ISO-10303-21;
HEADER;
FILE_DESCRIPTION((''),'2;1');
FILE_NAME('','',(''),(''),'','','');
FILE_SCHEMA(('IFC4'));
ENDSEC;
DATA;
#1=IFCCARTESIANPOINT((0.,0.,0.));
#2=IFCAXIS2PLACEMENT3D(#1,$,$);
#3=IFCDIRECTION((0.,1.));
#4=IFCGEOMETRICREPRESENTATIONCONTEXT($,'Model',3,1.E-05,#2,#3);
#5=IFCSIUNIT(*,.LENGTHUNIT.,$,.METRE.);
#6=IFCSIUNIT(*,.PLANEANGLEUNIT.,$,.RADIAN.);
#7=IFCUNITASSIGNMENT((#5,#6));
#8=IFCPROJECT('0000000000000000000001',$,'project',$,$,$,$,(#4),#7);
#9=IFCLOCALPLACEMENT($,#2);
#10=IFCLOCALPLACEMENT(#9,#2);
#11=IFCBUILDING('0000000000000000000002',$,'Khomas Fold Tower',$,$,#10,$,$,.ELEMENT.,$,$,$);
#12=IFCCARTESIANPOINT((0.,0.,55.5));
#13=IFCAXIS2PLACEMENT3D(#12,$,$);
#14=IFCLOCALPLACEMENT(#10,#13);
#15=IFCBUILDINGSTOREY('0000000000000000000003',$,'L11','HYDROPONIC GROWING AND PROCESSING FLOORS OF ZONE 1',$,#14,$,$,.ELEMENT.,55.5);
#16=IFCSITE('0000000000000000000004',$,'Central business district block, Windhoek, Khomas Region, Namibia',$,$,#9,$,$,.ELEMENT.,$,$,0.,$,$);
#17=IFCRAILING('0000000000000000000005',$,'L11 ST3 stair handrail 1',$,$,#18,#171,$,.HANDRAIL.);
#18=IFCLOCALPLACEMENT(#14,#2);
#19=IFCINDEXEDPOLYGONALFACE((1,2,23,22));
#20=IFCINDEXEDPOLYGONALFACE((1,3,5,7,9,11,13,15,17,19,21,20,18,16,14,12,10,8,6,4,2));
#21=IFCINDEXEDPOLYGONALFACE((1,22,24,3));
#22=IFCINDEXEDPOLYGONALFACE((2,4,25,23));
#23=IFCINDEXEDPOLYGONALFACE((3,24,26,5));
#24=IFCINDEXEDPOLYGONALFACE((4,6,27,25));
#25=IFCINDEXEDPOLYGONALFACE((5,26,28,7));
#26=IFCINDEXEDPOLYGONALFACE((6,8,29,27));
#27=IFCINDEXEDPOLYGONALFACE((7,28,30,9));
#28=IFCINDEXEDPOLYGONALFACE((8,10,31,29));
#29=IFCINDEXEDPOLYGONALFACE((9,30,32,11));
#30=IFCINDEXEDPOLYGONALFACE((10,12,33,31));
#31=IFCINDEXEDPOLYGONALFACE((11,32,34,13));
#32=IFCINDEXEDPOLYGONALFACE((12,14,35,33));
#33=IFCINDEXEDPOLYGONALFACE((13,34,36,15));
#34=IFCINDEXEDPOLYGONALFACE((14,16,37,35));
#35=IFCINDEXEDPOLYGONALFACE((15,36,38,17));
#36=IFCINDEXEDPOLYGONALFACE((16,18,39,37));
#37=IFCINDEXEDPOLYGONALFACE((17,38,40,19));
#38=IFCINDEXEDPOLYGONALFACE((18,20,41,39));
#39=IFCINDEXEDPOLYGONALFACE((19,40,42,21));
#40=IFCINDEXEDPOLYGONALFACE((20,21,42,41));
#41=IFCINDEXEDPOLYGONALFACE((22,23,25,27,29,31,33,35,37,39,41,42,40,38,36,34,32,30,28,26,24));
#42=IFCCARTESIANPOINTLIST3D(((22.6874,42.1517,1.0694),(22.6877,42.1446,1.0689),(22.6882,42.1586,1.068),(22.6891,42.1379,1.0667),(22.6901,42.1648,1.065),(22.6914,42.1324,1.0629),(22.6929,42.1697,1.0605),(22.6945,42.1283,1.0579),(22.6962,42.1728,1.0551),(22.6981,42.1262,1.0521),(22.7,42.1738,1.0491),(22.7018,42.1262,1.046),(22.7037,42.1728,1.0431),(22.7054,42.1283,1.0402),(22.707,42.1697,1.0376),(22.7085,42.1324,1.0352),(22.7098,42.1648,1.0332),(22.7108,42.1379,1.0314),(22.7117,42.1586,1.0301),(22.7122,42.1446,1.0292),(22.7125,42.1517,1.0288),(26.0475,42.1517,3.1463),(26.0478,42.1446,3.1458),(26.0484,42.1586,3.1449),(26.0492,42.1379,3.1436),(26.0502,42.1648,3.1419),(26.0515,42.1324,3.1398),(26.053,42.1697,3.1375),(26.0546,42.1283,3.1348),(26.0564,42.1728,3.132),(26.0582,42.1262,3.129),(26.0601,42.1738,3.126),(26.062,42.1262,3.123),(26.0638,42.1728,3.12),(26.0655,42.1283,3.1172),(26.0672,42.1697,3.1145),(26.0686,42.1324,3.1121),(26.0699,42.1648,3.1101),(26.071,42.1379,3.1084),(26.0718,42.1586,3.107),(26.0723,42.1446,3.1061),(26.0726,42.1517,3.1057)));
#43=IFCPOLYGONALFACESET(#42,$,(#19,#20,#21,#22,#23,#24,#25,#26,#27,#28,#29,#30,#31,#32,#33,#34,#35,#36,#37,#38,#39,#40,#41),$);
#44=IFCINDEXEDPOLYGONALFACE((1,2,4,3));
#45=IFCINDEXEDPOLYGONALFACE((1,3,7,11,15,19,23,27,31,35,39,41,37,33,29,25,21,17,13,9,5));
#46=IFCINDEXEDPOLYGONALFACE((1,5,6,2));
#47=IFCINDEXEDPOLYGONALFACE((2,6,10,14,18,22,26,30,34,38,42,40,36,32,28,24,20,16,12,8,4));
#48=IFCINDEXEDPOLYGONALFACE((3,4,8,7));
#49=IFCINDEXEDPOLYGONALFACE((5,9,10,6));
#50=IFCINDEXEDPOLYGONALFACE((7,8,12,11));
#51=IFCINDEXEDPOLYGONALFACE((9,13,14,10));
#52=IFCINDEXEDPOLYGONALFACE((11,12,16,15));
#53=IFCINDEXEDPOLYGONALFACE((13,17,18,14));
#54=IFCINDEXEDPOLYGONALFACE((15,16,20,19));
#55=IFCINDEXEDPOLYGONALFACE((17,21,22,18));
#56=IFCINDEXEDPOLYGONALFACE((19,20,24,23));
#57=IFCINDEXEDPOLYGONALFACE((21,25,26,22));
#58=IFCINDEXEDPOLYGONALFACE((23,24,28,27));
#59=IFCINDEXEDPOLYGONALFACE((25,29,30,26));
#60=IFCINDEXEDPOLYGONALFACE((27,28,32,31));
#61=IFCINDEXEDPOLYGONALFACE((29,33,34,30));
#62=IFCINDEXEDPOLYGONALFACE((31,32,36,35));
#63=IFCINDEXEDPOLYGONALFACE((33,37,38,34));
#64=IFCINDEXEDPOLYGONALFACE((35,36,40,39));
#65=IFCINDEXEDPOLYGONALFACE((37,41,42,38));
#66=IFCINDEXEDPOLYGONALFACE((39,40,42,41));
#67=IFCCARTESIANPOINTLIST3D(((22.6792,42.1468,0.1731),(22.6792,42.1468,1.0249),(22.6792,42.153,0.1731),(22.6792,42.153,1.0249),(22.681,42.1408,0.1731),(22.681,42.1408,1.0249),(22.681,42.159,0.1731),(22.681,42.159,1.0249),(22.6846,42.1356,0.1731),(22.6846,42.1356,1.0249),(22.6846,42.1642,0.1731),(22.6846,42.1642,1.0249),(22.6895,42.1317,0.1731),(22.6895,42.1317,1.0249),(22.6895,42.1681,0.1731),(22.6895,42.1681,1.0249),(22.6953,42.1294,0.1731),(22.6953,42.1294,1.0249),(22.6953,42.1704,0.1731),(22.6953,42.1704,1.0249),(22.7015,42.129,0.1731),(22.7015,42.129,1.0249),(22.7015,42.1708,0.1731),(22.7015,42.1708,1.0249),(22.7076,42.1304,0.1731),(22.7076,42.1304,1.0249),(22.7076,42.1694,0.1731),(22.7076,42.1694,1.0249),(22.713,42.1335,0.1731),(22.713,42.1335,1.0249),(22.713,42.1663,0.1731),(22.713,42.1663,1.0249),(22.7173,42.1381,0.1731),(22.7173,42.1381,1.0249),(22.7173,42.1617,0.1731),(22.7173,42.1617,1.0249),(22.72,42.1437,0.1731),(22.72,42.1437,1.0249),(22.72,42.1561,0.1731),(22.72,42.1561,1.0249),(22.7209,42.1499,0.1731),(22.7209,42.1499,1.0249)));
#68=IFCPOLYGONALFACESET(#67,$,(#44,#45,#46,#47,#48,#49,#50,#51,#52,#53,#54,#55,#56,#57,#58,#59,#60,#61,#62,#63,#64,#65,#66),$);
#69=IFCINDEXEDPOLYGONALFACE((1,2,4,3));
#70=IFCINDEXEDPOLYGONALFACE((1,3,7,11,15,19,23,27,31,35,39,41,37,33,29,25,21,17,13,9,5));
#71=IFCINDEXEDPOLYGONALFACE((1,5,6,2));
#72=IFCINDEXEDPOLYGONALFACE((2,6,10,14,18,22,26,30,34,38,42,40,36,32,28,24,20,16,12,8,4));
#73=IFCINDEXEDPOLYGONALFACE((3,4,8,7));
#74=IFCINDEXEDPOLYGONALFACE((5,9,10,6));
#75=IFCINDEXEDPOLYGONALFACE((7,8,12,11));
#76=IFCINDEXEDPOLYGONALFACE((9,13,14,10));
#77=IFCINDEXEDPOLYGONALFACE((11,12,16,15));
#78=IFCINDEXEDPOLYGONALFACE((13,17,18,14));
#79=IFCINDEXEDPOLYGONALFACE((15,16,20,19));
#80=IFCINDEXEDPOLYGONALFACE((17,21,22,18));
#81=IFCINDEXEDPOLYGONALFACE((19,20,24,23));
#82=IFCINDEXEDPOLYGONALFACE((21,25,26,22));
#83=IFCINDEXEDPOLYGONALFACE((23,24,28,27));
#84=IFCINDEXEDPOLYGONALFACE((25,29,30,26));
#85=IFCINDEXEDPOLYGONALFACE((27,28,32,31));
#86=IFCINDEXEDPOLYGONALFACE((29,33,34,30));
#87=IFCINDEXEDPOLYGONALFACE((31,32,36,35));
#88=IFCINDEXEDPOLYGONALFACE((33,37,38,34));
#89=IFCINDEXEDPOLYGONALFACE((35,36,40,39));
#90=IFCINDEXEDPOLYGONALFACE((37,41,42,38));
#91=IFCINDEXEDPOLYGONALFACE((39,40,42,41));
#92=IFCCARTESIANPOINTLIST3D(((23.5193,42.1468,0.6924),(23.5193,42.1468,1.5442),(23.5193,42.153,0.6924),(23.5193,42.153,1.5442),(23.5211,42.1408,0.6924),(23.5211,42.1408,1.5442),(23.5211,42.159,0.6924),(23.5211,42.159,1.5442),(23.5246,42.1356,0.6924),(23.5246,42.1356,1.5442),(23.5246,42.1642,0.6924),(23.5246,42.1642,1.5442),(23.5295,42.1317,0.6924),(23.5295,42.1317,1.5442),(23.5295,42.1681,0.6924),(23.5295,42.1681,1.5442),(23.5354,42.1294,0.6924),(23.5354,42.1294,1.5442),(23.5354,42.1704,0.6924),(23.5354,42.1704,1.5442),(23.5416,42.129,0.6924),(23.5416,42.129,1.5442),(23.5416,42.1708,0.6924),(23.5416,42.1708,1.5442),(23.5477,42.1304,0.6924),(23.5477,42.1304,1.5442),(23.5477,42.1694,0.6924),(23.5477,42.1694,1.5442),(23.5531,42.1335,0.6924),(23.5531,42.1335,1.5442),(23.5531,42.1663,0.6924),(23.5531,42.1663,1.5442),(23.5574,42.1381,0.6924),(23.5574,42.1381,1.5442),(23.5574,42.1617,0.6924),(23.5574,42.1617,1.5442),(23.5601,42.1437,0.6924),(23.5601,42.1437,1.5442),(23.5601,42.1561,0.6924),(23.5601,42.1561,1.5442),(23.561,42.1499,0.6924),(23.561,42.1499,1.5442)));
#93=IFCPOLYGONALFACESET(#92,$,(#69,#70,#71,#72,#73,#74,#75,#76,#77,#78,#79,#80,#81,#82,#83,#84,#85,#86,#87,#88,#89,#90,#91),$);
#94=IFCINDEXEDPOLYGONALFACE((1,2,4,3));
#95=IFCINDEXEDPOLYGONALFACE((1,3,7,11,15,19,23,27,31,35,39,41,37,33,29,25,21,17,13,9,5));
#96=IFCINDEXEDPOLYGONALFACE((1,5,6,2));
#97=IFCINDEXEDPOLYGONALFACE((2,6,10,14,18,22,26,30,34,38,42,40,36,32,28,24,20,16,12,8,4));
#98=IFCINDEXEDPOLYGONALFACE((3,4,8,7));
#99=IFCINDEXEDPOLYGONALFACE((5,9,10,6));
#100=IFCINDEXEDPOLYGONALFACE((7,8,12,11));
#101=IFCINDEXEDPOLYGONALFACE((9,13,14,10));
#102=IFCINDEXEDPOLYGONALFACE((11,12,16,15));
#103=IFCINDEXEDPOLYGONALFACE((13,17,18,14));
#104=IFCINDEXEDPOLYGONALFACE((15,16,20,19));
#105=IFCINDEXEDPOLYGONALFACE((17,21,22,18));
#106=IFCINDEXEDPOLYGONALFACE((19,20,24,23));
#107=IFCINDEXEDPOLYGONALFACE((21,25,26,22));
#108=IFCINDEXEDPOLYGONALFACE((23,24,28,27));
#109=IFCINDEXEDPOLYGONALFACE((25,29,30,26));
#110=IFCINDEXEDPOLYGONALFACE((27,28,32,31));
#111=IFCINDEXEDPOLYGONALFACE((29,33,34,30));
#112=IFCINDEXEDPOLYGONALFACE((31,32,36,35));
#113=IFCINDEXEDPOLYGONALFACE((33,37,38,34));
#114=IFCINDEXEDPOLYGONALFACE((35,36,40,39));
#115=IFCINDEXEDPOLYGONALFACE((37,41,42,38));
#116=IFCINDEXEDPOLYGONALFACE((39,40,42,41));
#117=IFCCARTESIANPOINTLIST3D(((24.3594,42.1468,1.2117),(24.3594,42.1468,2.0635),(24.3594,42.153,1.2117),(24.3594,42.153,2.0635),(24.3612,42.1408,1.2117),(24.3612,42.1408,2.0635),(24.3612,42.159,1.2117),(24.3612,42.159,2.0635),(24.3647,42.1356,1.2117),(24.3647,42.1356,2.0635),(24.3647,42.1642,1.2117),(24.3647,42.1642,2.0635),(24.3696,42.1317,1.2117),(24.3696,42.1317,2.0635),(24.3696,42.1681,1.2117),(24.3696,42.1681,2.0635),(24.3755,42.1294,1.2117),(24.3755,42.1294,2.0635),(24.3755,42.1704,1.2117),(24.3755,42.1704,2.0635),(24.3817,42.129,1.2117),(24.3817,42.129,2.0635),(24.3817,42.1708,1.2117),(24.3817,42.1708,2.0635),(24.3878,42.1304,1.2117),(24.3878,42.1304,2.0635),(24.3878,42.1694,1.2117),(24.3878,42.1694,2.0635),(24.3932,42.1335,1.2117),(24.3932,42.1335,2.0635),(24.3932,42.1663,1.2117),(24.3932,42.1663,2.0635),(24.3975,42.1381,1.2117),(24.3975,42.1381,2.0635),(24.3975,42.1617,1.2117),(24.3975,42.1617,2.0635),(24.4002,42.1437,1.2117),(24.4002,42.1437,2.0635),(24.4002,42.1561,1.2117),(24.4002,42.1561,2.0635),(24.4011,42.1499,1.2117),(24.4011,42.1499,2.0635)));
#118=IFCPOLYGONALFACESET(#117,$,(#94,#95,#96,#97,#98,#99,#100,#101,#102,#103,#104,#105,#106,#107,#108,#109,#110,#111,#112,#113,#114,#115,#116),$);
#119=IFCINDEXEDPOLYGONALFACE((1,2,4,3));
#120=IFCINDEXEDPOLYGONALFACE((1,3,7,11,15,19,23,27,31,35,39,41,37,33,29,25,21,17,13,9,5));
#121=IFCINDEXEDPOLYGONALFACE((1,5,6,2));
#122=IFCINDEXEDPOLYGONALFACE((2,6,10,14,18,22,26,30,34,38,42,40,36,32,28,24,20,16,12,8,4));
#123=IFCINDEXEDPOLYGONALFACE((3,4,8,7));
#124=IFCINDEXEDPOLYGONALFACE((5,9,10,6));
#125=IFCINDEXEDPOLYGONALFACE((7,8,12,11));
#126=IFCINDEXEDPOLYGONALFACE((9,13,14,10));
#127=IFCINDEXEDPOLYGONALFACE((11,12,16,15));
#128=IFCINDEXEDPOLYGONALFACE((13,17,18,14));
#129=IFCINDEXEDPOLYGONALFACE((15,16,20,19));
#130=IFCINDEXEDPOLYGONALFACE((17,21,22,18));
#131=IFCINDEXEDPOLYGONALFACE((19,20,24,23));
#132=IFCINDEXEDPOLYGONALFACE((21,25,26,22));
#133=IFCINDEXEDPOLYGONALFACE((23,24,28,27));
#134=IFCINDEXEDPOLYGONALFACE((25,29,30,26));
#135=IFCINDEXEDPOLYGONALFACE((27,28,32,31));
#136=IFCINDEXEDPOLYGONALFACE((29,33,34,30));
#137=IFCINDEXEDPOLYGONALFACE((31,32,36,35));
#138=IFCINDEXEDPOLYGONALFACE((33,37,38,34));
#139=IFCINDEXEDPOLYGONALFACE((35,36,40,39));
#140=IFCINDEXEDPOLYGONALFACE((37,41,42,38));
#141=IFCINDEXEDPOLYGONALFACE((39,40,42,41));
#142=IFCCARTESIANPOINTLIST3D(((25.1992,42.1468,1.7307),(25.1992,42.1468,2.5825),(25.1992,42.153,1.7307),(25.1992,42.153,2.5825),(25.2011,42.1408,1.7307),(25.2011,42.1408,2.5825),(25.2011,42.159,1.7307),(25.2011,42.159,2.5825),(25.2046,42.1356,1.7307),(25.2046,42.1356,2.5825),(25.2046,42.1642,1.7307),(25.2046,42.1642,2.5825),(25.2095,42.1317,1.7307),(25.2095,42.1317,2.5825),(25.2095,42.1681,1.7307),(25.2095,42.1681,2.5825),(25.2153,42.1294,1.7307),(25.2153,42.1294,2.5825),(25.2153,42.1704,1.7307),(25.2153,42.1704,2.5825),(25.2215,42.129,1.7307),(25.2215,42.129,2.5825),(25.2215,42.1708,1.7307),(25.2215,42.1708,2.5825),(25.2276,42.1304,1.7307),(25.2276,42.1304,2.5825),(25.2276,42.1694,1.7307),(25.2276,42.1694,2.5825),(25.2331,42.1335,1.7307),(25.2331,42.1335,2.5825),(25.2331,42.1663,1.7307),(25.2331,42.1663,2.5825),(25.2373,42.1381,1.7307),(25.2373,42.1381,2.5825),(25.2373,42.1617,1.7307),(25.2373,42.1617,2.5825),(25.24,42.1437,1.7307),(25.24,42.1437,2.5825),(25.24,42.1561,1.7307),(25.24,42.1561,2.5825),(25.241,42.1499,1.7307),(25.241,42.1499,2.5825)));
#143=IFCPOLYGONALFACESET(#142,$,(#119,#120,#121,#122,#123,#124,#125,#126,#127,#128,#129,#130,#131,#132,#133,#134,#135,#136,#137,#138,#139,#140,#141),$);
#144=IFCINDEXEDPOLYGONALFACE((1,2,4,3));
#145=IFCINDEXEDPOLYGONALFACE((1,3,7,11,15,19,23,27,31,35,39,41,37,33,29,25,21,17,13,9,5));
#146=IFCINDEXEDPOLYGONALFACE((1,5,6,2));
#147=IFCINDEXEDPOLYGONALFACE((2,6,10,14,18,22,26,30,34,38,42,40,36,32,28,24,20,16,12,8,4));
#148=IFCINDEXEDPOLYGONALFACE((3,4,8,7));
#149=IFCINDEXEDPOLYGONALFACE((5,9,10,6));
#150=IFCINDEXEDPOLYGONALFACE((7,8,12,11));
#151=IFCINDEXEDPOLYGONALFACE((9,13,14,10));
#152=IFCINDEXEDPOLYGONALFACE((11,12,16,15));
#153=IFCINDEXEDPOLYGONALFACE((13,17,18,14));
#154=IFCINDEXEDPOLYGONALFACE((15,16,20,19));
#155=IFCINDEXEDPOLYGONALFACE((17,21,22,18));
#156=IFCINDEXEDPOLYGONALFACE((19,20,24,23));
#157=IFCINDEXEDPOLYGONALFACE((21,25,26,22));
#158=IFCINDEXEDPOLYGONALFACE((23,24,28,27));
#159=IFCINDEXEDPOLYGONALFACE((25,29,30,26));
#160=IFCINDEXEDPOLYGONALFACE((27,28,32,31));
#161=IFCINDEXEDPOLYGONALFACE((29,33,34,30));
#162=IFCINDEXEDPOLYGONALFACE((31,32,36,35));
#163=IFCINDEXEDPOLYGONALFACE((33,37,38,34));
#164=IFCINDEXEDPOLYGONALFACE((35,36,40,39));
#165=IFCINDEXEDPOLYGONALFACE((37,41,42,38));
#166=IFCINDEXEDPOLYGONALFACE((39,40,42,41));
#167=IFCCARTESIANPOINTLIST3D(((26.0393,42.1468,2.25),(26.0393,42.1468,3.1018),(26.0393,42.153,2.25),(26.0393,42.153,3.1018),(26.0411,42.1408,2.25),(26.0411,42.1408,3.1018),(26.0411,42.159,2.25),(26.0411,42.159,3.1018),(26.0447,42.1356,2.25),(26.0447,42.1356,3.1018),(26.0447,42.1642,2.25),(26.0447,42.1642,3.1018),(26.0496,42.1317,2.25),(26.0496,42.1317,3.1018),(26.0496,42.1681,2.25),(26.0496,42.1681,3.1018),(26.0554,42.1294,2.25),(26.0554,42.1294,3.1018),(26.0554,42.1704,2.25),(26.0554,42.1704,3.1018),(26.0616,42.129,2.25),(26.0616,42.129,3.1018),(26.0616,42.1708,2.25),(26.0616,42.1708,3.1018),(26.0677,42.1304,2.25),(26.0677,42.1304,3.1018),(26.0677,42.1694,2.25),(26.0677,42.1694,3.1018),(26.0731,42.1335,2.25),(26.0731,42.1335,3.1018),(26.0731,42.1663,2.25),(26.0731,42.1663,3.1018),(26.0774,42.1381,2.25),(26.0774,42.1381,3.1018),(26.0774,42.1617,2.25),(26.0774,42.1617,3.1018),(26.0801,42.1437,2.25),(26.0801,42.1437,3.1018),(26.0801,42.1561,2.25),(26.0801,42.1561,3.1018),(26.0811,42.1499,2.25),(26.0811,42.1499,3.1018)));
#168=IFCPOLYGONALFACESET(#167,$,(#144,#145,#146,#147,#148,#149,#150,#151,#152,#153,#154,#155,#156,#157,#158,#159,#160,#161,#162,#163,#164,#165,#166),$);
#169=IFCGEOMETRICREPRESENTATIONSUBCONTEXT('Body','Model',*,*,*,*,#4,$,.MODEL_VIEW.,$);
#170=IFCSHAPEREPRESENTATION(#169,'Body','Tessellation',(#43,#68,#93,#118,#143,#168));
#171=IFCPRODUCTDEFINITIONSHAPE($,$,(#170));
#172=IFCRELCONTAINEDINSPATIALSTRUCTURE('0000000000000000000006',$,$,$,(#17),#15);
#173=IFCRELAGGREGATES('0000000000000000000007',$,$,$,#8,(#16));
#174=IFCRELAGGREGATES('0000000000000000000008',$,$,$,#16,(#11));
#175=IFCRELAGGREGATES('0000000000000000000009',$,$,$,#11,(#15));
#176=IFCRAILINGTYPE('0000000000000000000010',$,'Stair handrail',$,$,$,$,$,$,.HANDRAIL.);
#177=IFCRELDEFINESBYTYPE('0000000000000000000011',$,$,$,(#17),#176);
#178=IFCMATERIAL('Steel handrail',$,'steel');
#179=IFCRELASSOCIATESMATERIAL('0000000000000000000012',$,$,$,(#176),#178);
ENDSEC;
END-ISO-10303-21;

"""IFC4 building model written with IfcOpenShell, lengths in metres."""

from ifc_helpers import new_model, si_unit, direction, frame, origin, origin_2d, place, context, subcontext, project, spatial, circle, extrude, source, transform, mapped, material, type_object, element, save


model = new_model("IFC4")

# Units and contexts
model_context = context("Model", 3, precision=1e-05, world=origin(), true_north=direction((0.0, 1.0)))
body_context = subcontext(model_context, "Body", "Model", "MODEL_VIEW")
ifc_project = project(units=[si_unit("LENGTHUNIT", "METRE"), si_unit("PLANEANGLEUNIT", "RADIAN")], contexts=[model_context])

# Site, building, storey
site_placement = place(None, origin())
site = spatial("IfcSite", under=ifc_project, at=site_placement, Name="Central business district block, Windhoek, Khomas Region, Namibia", CompositionType="ELEMENT", RefElevation=0.0)
building_placement = place(site_placement, origin())
building = spatial("IfcBuilding", under=site, at=building_placement, Name="Khomas Fold Tower", CompositionType="ELEMENT")
storey_placement = place(building_placement, frame((0.0, 0.0, 55.5)))
storey = spatial("IfcBuildingStorey", under=building, at=storey_placement, Name="L11", Description="HYDROPONIC GROWING AND PROCESSING FLOORS OF ZONE 1", CompositionType="ELEMENT", Elevation=55.5)

# Railing
ifc_material_1 = material(Name="Steel handrail", Category="steel")
railing_type_1 = type_object("IfcRailingType", Name="Stair handrail", PredefinedType="HANDRAIL", material=ifc_material_1)
shared_shape_1 = source(origin(), body_context, "Body", "SweptSolid", [
    extrude(circle(Radius=0.0239, at=origin_2d()), frame((0.0, 0.0, 0.876), z_axis=(0.850623, 0.0, 0.525776), x_axis=(0.0, 1.0, 0.0)), (0.0, 0.0, 1.0), 3.9502),
    extrude(circle(Radius=0.021, at=origin_2d()), origin(), (0.0, 0.0, 1.0), 0.8518),
    extrude(circle(Radius=0.021, at=origin_2d()), frame((0.8401, 0.0, 0.5193)), (0.0, 0.0, 1.0), 0.8518),
    extrude(circle(Radius=0.021, at=origin_2d()), frame((1.6802, 0.0, 1.0386)), (0.0, 0.0, 1.0), 0.8518),
    extrude(circle(Radius=0.021, at=origin_2d()), frame((2.52, 0.0, 1.5576)), (0.0, 0.0, 1.0), 0.8518),
    extrude(circle(Radius=0.021, at=origin_2d()), frame((3.3601, 0.0, 2.0769)), (0.0, 0.0, 1.0), 0.8518),
])
railing_1_placement = place(storey_placement, frame((22.7, 42.1499, 0.1731)))
element("IfcRailing", 1, at=railing_1_placement, inside=storey, type_object=railing_type_1, Name="L11 ST3 stair handrail 1", PredefinedType="HANDRAIL", context=body_context, shape_type="MappedRepresentation", body=[
    mapped(shared_shape_1, transform((0.0, 0.0, 0.0))),
])

save(model, "model.ifc")
